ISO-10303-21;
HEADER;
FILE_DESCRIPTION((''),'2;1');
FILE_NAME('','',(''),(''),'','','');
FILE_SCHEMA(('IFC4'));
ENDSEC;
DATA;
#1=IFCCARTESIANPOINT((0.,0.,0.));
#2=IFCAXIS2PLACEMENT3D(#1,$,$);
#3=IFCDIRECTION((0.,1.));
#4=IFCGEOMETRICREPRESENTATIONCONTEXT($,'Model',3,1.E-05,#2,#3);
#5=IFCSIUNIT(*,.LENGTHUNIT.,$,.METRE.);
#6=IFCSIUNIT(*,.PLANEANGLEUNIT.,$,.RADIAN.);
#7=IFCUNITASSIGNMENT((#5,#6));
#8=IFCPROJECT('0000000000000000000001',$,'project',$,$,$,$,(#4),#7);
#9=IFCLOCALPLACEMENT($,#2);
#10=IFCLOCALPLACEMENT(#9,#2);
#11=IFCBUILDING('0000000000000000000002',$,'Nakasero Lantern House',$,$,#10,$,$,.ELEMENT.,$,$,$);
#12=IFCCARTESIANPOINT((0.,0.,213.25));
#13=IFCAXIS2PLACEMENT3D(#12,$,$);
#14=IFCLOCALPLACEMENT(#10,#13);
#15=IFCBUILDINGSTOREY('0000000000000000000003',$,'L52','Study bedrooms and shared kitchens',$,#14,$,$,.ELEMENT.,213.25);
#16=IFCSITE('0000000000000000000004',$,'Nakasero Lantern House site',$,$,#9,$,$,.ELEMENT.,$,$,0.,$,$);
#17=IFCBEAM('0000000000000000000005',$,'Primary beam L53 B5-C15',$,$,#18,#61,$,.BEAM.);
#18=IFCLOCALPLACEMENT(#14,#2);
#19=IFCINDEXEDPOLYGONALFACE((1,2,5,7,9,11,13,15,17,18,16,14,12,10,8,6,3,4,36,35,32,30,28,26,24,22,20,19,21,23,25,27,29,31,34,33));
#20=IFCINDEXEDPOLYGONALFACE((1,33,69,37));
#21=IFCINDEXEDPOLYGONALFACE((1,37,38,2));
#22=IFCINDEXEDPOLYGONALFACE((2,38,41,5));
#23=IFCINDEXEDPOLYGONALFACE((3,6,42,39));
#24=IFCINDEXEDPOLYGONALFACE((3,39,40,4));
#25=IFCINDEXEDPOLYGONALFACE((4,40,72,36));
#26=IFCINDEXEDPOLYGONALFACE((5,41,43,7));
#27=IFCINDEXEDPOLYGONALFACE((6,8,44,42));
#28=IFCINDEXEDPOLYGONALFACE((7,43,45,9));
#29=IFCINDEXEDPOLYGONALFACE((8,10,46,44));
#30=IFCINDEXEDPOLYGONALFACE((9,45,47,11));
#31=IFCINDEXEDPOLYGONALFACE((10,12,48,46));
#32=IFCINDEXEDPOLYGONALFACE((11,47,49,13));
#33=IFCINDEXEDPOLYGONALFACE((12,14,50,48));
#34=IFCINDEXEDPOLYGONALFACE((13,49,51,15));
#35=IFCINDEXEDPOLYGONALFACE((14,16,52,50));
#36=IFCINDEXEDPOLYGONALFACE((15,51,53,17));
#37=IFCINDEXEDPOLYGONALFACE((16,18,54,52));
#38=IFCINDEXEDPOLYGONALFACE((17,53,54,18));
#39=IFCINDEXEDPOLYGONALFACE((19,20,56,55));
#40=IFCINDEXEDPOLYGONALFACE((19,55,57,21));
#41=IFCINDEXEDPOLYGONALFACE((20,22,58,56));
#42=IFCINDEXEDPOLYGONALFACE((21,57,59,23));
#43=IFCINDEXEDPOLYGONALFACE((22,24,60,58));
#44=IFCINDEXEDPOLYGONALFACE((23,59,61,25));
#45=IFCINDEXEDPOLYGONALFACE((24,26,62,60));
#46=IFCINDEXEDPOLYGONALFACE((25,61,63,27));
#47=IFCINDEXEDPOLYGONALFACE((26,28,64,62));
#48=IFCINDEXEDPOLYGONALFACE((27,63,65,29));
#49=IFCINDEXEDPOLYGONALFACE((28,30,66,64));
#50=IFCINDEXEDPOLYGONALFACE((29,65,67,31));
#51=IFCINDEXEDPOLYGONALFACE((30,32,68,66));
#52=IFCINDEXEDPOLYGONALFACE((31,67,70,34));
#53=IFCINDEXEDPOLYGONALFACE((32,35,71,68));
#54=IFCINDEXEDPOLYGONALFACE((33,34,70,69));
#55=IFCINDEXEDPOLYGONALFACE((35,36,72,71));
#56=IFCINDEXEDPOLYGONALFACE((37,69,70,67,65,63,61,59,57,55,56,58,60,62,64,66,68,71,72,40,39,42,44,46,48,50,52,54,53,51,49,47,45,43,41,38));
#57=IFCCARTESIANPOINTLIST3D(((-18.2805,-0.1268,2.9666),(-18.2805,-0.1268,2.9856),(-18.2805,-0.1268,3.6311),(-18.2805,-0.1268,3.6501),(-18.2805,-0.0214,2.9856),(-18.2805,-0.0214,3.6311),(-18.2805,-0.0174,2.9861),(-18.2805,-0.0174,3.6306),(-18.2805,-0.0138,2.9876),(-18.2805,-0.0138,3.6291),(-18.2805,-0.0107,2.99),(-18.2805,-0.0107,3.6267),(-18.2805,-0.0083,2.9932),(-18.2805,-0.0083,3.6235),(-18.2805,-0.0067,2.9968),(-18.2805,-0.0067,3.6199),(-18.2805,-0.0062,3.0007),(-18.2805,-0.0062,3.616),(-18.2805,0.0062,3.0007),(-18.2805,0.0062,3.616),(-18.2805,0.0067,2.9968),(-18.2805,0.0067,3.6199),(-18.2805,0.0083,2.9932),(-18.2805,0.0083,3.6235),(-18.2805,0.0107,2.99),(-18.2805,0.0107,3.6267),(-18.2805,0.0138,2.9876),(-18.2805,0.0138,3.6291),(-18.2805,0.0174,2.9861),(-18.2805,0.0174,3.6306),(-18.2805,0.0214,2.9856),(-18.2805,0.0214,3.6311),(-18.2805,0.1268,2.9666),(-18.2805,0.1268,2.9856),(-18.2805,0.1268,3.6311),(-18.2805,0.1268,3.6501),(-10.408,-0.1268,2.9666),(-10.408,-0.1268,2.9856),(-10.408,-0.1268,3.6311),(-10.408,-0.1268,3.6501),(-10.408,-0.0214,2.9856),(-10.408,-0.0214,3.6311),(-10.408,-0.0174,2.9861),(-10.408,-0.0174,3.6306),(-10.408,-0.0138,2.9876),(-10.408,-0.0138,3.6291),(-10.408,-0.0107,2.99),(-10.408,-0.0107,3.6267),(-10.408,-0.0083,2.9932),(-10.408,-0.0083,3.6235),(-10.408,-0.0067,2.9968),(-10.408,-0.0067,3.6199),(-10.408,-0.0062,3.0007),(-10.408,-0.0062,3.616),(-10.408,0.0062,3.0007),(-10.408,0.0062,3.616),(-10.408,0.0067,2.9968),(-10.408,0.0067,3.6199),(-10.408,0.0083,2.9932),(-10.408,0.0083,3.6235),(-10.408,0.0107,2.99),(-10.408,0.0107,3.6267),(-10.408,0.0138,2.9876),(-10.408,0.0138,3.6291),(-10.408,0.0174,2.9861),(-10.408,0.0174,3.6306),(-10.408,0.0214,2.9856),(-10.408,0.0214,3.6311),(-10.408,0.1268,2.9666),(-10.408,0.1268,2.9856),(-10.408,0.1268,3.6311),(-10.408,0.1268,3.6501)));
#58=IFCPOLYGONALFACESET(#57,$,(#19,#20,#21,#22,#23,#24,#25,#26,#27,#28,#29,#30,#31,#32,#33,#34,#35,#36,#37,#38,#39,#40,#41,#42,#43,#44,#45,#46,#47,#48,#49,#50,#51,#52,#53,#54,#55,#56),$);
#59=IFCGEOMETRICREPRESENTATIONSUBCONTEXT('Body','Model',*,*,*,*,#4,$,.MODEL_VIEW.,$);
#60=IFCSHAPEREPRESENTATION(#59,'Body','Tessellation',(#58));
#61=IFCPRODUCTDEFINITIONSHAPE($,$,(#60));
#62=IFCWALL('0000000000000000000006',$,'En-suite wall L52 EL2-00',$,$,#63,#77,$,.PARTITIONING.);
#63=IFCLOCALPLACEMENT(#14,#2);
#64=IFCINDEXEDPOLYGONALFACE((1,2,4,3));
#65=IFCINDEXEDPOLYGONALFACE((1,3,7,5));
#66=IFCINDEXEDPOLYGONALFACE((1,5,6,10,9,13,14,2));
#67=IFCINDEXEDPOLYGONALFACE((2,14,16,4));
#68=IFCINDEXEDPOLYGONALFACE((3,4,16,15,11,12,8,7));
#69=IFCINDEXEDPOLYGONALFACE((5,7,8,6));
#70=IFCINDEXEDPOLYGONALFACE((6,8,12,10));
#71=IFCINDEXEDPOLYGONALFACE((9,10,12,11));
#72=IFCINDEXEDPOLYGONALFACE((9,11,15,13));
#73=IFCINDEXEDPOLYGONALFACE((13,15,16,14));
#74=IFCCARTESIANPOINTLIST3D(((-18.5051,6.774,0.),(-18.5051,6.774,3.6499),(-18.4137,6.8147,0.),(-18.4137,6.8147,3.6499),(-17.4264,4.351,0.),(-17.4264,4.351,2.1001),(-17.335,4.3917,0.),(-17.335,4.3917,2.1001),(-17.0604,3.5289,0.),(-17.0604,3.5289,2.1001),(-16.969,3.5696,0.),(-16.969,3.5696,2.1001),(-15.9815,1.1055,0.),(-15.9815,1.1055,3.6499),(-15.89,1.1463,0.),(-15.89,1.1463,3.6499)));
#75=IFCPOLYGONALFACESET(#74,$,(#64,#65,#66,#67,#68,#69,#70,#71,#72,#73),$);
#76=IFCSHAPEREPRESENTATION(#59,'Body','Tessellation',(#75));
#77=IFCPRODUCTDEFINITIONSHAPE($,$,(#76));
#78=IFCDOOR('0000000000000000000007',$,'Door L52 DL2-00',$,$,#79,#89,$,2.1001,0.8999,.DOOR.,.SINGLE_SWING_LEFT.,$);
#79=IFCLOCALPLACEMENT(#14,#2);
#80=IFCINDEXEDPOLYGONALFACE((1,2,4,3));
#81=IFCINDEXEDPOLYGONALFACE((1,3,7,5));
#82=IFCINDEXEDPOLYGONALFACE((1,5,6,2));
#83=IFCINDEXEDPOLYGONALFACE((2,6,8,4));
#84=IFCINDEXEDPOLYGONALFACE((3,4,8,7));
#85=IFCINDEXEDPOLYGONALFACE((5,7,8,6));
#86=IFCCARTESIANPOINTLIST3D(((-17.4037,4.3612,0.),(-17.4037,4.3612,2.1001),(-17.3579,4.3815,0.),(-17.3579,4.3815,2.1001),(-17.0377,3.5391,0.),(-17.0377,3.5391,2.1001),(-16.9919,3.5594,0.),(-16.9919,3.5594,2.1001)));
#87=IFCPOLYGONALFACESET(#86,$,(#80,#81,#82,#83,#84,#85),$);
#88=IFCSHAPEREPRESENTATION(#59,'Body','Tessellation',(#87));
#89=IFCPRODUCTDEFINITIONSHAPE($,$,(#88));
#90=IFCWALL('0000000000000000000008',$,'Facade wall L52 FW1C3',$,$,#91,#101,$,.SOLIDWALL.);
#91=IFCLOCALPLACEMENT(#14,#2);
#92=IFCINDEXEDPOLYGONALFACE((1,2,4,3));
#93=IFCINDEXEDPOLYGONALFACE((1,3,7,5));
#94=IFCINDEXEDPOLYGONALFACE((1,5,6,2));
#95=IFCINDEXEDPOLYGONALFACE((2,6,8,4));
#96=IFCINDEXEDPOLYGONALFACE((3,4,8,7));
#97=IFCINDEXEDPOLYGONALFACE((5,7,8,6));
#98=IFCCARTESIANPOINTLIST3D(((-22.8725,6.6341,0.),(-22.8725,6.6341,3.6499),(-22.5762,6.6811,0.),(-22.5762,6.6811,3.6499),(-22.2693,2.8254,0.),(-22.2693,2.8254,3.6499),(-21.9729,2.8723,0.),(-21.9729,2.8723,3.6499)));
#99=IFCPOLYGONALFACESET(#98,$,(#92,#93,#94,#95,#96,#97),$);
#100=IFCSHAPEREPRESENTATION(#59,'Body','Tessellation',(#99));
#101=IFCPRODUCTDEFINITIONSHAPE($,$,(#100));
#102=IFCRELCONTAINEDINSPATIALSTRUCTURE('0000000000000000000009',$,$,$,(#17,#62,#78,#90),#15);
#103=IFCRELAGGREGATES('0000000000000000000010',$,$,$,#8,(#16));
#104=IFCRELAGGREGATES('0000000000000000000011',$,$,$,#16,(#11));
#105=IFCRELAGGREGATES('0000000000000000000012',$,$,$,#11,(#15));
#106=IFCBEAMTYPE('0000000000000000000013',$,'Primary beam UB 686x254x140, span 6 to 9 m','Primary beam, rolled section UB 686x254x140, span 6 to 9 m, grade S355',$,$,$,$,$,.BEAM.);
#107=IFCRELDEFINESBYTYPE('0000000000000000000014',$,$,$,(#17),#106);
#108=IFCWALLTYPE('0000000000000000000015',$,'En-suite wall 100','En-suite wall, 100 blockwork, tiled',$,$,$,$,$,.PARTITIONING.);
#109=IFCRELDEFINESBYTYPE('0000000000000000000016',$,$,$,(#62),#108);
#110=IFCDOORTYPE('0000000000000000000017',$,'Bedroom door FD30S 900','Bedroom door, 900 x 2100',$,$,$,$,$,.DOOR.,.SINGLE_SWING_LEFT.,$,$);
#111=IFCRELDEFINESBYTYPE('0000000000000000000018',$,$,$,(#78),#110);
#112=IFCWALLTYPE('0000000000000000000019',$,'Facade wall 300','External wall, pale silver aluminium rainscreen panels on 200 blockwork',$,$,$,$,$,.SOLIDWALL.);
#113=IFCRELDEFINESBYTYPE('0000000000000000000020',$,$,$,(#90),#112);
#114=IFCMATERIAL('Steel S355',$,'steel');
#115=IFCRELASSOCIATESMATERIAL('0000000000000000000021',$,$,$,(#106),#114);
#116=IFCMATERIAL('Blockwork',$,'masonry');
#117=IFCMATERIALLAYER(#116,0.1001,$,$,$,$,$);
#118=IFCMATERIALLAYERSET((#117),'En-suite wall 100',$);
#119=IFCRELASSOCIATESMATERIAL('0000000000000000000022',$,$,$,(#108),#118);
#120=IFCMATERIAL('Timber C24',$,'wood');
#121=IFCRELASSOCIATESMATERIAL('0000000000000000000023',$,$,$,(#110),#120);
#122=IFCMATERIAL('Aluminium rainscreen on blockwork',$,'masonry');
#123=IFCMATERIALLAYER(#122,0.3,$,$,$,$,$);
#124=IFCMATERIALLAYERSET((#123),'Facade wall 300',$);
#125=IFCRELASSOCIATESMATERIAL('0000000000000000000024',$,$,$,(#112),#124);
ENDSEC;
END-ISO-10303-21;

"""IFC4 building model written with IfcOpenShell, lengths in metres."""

from ifc_helpers import new_model, si_unit, direction, frame, frame_2d, origin, origin_2d, place, context, subcontext, project, spatial, rectangle, i_section, extrude, material, layer, layer_set, material_profile, profile_set, type_object, element, fill, save


model = new_model("IFC4")

# Units and contexts
model_context = context("Model", 3, precision=1e-05, world=origin(), true_north=direction((0.0, 1.0)))
body_context = subcontext(model_context, "Body", "Model", "MODEL_VIEW")
ifc_project = project(units=[si_unit("LENGTHUNIT", "METRE"), si_unit("PLANEANGLEUNIT", "RADIAN")], contexts=[model_context])

# Site, building, storey
site_placement = place(None, origin())
site = spatial("IfcSite", under=ifc_project, at=site_placement, Name="Nakasero Lantern House site", CompositionType="ELEMENT", RefElevation=0.0)
building_placement = place(site_placement, origin())
building = spatial("IfcBuilding", under=site, at=building_placement, Name="Nakasero Lantern House", CompositionType="ELEMENT")
storey_placement = place(building_placement, frame((0.0, 0.0, 213.25)))
storey = spatial("IfcBuildingStorey", under=building, at=storey_placement, Name="L52", Description="Study bedrooms and shared kitchens", CompositionType="ELEMENT", Elevation=213.25)

# Beam
ifc_material_1 = material(Name="Steel S355", Category="steel")
ifc_material_profile_1 = material_profile(ifc_material_1, i_section(OverallWidth=0.2537, OverallDepth=0.6836, WebThickness=0.0125, FlangeThickness=0.019, FilletRadius=0.0151, at=origin_2d()), Name="UB 686x254x140")
ifc_profile_set_1 = profile_set([ifc_material_profile_1], Name="Steel S355")
beam_type_1 = type_object("IfcBeamType", Name="Primary beam UB 686x254x140, span 6 to 9 m", Description="Primary beam, rolled section UB 686x254x140, span 6 to 9 m, grade S355", PredefinedType="BEAM", material=ifc_profile_set_1)
beam_1_placement = place(storey_placement, frame((-18.2805, 0.0, 3.3083), z_axis=(1.0, 0.0, 0.0), x_axis=(0.0, 1.0, 0.0)))
element("IfcBeam", 1, at=beam_1_placement, inside=storey, type_object=beam_type_1, Name="Primary beam L53 B5-C15", PredefinedType="BEAM", context=body_context, shape_type="SweptSolid", body=[
    extrude(i_section(OverallWidth=0.2537, OverallDepth=0.6836, WebThickness=0.0125, FlangeThickness=0.019, FilletRadius=0.0151, at=origin_2d()), origin(), (0.0, 0.0, 1.0), 7.8726),
])

# Wall, opening, door
ifc_material_2 = material(Name="Blockwork", Category="masonry")
ifc_layer_1 = layer(ifc_material_2, 0.1001)
ifc_layer_set_1 = layer_set([ifc_layer_1], Name="En-suite wall 100")
wall_type_1 = type_object("IfcWallType", Name="En-suite wall 100", Description="En-suite wall, 100 blockwork, tiled", PredefinedType="PARTITIONING", material=ifc_layer_set_1)
wall_1_placement = place(storey_placement, frame((-18.4595, 6.7944, 0.0), z_axis=(0.0, 0.0, 1.0), x_axis=(0.406726, -0.91355, 0.0)))
wall_1 = element("IfcWall", 2, at=wall_1_placement, inside=storey, type_object=wall_type_1, Name="En-suite wall L52 EL2-00", PredefinedType="PARTITIONING", context=body_context, shape_type="SweptSolid", body=[
    extrude(rectangle(XDim=6.2048, YDim=0.1001, at=frame_2d((3.1025, 0.0))), origin(), (0.0, 0.0, 1.0), 3.6499),
])
opening_1_placement = place(wall_1_placement, frame((2.6523, 0.0, 0.0)))
opening_1 = element("IfcOpeningElement", 3, at=opening_1_placement, cuts=wall_1, PredefinedType="OPENING", context=body_context, shape_type="SweptSolid", body=[
    extrude(rectangle(XDim=0.8999, YDim=2.1001, at=frame_2d((0.45, 1.05))), frame((0.0, 0.0701, 0.0), z_axis=(0.0, -1.0, 0.0), x_axis=(1.0, 0.0, 0.0)), (0.0, 0.0, 1.0), 0.1401),
])
ifc_material_3 = material(Name="Timber C24", Category="wood")
door_type_1 = type_object("IfcDoorType", Name="Bedroom door FD30S 900", Description="Bedroom door, 900 x 2100", OperationType="SINGLE_SWING_LEFT", PredefinedType="DOOR", material=ifc_material_3)
door_1_placement = place(opening_1_placement, origin())
door_1 = element("IfcDoor", 4, at=door_1_placement, inside=storey, type_object=door_type_1, Name="Door L52 DL2-00", OperationType="SINGLE_SWING_LEFT", OverallHeight=2.1001, OverallWidth=0.8999, PredefinedType="DOOR", context=body_context, shape_type="SweptSolid", body=[
    extrude(rectangle(XDim=0.8999, YDim=2.1001, at=frame_2d((0.45, 1.05))), frame((0.0, 0.0249, 0.0), z_axis=(0.0, -1.0, 0.0), x_axis=(1.0, 0.0, 0.0)), (0.0, 0.0, 1.0), 0.05),
])
fill(opening_1, door_1)

# Wall
ifc_material_4 = material(Name="Aluminium rainscreen on blockwork", Category="masonry")
ifc_layer_2 = layer(ifc_material_4, 0.3)
ifc_layer_set_2 = layer_set([ifc_layer_2], Name="Facade wall 300")
wall_type_2 = type_object("IfcWallType", Name="Facade wall 300", Description="External wall, pale silver aluminium rainscreen panels on 200 blockwork", PredefinedType="SOLIDWALL", material=ifc_layer_set_2)
wall_2_placement = place(storey_placement, frame((-22.7244, 6.6577, 0.0), z_axis=(0.0, 0.0, 1.0), x_axis=(0.156437, -0.987688, 0.0)))
element("IfcWall", 5, at=wall_2_placement, inside=storey, type_object=wall_type_2, Name="Facade wall L52 FW1C3", PredefinedType="SOLIDWALL", context=body_context, shape_type="SweptSolid", body=[
    extrude(rectangle(XDim=3.8562, YDim=0.3, at=frame_2d((1.9282, 0.0))), origin(), (0.0, 0.0, 1.0), 3.6499),
])

save(model, "model.ifc")
